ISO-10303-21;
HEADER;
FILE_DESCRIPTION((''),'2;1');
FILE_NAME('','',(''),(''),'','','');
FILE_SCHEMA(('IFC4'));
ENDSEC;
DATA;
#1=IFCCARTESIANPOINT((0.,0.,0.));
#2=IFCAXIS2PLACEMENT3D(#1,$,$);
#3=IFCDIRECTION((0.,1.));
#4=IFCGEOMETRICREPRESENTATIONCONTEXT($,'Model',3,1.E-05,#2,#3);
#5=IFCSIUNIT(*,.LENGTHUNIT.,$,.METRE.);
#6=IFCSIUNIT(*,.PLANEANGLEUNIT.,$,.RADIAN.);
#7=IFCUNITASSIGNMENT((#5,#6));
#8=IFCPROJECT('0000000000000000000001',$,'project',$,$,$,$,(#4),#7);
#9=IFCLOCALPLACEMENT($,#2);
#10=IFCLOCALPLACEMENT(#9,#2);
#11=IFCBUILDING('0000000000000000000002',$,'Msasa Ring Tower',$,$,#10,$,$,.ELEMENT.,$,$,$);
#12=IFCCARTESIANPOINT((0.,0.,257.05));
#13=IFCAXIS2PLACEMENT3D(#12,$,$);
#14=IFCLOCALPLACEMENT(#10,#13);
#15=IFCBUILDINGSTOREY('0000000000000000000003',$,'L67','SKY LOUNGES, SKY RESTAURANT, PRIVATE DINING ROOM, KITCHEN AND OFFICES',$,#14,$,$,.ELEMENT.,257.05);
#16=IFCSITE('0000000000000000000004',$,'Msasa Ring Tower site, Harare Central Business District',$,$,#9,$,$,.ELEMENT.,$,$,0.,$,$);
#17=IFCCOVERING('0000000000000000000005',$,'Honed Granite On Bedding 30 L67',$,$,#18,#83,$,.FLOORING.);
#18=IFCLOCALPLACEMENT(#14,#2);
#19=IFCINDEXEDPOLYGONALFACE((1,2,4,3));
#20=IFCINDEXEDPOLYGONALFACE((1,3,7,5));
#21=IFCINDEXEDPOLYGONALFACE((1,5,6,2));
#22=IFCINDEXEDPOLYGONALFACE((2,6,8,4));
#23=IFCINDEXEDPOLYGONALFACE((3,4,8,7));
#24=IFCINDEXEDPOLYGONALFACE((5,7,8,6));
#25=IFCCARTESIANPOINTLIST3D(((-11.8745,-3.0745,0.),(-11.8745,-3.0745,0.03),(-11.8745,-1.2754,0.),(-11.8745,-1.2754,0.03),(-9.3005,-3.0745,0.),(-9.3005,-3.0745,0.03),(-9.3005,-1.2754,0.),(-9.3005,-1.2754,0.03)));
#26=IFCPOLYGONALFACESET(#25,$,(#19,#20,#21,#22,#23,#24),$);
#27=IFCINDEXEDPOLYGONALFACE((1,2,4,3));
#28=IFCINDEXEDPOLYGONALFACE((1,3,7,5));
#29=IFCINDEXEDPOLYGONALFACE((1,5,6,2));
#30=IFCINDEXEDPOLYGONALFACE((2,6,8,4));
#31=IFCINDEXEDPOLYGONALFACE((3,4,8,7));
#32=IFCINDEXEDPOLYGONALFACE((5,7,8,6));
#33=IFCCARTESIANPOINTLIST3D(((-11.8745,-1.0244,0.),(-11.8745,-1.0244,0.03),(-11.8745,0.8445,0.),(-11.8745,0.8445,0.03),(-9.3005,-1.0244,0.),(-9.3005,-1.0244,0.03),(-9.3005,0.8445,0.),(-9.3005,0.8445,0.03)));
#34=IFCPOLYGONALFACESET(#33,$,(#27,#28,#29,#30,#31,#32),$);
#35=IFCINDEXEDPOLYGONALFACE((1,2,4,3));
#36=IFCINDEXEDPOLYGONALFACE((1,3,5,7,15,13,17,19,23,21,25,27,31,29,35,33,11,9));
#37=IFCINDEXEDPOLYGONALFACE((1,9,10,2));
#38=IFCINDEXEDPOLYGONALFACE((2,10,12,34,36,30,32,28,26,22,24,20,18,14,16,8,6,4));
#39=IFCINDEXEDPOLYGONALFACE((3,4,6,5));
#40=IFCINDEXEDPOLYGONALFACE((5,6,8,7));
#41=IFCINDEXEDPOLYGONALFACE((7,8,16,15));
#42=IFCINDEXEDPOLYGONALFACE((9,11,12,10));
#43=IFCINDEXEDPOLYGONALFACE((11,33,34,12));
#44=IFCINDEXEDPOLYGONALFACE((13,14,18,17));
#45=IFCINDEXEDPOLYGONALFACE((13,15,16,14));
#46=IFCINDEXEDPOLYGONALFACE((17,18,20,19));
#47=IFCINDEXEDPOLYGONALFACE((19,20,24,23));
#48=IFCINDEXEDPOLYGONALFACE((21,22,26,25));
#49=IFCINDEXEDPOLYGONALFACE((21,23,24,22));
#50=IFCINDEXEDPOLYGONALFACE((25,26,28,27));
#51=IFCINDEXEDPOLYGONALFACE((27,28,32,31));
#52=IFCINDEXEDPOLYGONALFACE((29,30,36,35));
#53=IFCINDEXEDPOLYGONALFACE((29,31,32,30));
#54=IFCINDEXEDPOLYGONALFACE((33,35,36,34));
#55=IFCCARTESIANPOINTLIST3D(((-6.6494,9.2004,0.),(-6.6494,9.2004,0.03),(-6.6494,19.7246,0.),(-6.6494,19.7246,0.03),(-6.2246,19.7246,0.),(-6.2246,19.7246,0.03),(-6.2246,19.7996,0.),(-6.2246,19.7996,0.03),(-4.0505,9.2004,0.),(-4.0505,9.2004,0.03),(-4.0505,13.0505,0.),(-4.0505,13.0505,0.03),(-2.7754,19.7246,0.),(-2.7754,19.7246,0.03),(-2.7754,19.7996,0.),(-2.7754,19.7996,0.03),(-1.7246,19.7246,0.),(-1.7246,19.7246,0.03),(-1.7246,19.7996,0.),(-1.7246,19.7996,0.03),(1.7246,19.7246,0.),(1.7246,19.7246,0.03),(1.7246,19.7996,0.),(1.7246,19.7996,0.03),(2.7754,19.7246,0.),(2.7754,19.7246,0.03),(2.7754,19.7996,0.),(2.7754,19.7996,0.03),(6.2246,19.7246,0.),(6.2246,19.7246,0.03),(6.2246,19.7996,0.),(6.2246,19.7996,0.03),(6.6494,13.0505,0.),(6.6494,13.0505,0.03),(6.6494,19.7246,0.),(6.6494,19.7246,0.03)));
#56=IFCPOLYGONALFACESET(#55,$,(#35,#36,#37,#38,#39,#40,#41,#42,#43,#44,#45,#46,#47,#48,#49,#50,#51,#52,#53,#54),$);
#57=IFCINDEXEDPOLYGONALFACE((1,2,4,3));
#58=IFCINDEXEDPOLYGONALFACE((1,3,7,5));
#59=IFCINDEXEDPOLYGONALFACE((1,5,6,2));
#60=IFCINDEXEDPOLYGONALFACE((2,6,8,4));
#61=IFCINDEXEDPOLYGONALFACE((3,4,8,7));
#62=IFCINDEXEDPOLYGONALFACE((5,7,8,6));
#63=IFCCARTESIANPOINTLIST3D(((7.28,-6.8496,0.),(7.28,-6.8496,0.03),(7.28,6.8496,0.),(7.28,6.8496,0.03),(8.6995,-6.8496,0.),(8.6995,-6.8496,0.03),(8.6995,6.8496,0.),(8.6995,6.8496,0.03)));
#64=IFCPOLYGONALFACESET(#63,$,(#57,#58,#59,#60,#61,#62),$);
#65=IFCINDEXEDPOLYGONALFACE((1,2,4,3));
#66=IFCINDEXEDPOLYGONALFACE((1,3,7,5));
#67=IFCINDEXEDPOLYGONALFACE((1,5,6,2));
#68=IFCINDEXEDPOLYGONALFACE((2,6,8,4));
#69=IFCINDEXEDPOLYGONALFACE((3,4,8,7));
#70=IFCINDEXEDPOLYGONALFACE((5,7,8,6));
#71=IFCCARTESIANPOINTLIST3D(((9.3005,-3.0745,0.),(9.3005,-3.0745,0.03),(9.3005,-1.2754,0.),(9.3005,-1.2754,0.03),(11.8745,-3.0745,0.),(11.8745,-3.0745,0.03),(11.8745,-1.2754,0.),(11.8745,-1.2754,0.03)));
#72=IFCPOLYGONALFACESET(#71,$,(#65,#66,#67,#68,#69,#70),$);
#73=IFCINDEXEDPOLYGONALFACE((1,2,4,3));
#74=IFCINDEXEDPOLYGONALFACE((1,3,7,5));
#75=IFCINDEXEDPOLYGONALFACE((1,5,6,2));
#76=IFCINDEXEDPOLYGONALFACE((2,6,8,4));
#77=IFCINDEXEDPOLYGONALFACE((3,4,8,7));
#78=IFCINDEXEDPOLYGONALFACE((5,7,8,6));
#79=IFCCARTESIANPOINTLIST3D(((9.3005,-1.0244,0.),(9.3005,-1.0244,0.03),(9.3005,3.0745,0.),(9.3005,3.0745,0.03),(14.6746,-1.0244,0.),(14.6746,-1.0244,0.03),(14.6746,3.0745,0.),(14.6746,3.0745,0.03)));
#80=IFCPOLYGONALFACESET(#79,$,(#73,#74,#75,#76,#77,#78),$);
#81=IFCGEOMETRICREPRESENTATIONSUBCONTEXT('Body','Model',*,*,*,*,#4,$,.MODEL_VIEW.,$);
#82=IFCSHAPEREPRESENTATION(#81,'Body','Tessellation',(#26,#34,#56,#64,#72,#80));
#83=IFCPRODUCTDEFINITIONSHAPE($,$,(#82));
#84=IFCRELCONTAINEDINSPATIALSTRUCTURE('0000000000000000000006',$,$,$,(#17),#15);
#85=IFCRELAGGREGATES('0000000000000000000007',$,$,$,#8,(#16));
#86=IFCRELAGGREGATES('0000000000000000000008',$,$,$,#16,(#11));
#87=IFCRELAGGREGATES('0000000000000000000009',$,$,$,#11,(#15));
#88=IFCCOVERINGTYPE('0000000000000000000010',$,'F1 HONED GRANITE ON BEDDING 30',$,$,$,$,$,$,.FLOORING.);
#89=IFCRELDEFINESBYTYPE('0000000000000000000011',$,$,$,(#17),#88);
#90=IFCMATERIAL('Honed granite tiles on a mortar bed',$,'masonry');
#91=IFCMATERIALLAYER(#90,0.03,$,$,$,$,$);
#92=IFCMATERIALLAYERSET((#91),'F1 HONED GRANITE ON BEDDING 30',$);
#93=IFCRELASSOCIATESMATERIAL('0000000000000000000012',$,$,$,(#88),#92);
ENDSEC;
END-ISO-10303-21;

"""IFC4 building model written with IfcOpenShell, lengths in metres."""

from ifc_helpers import new_model, si_unit, direction, frame, origin, place, context, subcontext, project, spatial, line, indexed_curve, outline, extrude, material, layer, layer_set, type_object, element, save


model = new_model("IFC4")

# Units and contexts
model_context = context("Model", 3, precision=1e-05, world=origin(), true_north=direction((0.0, 1.0)))
body_context = subcontext(model_context, "Body", "Model", "MODEL_VIEW")
ifc_project = project(units=[si_unit("LENGTHUNIT", "METRE"), si_unit("PLANEANGLEUNIT", "RADIAN")], contexts=[model_context])

# Site, building, storey
site_placement = place(None, origin())
site = spatial("IfcSite", under=ifc_project, at=site_placement, Name="Msasa Ring Tower site, Harare Central Business District", CompositionType="ELEMENT", RefElevation=0.0)
building_placement = place(site_placement, origin())
building = spatial("IfcBuilding", under=site, at=building_placement, Name="Msasa Ring Tower", CompositionType="ELEMENT")
storey_placement = place(building_placement, frame((0.0, 0.0, 257.05)))
storey = spatial("IfcBuildingStorey", under=building, at=storey_placement, Name="L67", Description="SKY LOUNGES, SKY RESTAURANT, PRIVATE DINING ROOM, KITCHEN AND OFFICES", CompositionType="ELEMENT", Elevation=257.05)

# Covering
ifc_material_1 = material(Name="Honed granite tiles on a mortar bed", Category="masonry")
ifc_layer_1 = layer(ifc_material_1, 0.03)
ifc_layer_set_1 = layer_set([ifc_layer_1], Name="F1 HONED GRANITE ON BEDDING 30")
covering_type = type_object("IfcCoveringType", Name="F1 HONED GRANITE ON BEDDING 30", PredefinedType="FLOORING", material=ifc_layer_set_1)
covering_placement = place(storey_placement, origin())
element("IfcCovering", 1, at=covering_placement, inside=storey, type_object=covering_type, Name="Honed Granite On Bedding 30 L67", PredefinedType="FLOORING", context=body_context, shape_type="SweptSolid", body=[
    extrude(outline(indexed_curve([(-11.8745, -3.0745), (-11.8745, -1.2754), (-9.3005, -1.2754), (-9.3005, -3.0745)], segments=[line(1, 2, 3, 4, 1)], self_intersect=False)), origin(), (0.0, 0.0, 1.0), 0.03),
    extrude(outline(indexed_curve([(-11.8745, 0.8445), (-9.3005, 0.8445), (-9.3005, -1.0244), (-11.8745, -1.0244)], segments=[line(1, 2, 3, 4, 1)], self_intersect=False)), origin(), (0.0, 0.0, 1.0), 0.03),
    extrude(outline(indexed_curve([(-4.0505, 13.0505), (-4.0505, 9.2004), (-6.6494, 9.2004), (-6.6494, 19.7246), (-6.2246, 19.7246), (-6.2246, 19.7996), (-2.7754, 19.7996), (-2.7754, 19.7246), (-1.7246, 19.7246), (-1.7246, 19.7996), (1.7246, 19.7996), (1.7246, 19.7246), (2.7754, 19.7246), (2.7754, 19.7996), (6.2246, 19.7996), (6.2246, 19.7246), (6.6494, 19.7246), (6.6494, 13.0505)], segments=[line(1, 2, 3, 4, 5, 6, 7, 8, 9, 10, 11, 12, 13, 14, 15, 16, 17, 18, 1)], self_intersect=False)), origin(), (0.0, 0.0, 1.0), 0.03),
    extrude(outline(indexed_curve([(7.28, -6.8496), (7.28, 6.8496), (8.6995, 6.8496), (8.6995, -6.8496)], segments=[line(1, 2, 3, 4, 1)], self_intersect=False)), origin(), (0.0, 0.0, 1.0), 0.03),
    extrude(outline(indexed_curve([(9.3005, -1.2754), (11.8745, -1.2754), (11.8745, -3.0745), (9.3005, -3.0745)], segments=[line(1, 2, 3, 4, 1)], self_intersect=False)), origin(), (0.0, 0.0, 1.0), 0.03),
    extrude(outline(indexed_curve([(9.3005, 3.0745), (14.6746, 3.0745), (14.6746, -1.0244), (9.3005, -1.0244)], segments=[line(1, 2, 3, 4, 1)], self_intersect=False)), origin(), (0.0, 0.0, 1.0), 0.03),
])

save(model, "model.ifc")
